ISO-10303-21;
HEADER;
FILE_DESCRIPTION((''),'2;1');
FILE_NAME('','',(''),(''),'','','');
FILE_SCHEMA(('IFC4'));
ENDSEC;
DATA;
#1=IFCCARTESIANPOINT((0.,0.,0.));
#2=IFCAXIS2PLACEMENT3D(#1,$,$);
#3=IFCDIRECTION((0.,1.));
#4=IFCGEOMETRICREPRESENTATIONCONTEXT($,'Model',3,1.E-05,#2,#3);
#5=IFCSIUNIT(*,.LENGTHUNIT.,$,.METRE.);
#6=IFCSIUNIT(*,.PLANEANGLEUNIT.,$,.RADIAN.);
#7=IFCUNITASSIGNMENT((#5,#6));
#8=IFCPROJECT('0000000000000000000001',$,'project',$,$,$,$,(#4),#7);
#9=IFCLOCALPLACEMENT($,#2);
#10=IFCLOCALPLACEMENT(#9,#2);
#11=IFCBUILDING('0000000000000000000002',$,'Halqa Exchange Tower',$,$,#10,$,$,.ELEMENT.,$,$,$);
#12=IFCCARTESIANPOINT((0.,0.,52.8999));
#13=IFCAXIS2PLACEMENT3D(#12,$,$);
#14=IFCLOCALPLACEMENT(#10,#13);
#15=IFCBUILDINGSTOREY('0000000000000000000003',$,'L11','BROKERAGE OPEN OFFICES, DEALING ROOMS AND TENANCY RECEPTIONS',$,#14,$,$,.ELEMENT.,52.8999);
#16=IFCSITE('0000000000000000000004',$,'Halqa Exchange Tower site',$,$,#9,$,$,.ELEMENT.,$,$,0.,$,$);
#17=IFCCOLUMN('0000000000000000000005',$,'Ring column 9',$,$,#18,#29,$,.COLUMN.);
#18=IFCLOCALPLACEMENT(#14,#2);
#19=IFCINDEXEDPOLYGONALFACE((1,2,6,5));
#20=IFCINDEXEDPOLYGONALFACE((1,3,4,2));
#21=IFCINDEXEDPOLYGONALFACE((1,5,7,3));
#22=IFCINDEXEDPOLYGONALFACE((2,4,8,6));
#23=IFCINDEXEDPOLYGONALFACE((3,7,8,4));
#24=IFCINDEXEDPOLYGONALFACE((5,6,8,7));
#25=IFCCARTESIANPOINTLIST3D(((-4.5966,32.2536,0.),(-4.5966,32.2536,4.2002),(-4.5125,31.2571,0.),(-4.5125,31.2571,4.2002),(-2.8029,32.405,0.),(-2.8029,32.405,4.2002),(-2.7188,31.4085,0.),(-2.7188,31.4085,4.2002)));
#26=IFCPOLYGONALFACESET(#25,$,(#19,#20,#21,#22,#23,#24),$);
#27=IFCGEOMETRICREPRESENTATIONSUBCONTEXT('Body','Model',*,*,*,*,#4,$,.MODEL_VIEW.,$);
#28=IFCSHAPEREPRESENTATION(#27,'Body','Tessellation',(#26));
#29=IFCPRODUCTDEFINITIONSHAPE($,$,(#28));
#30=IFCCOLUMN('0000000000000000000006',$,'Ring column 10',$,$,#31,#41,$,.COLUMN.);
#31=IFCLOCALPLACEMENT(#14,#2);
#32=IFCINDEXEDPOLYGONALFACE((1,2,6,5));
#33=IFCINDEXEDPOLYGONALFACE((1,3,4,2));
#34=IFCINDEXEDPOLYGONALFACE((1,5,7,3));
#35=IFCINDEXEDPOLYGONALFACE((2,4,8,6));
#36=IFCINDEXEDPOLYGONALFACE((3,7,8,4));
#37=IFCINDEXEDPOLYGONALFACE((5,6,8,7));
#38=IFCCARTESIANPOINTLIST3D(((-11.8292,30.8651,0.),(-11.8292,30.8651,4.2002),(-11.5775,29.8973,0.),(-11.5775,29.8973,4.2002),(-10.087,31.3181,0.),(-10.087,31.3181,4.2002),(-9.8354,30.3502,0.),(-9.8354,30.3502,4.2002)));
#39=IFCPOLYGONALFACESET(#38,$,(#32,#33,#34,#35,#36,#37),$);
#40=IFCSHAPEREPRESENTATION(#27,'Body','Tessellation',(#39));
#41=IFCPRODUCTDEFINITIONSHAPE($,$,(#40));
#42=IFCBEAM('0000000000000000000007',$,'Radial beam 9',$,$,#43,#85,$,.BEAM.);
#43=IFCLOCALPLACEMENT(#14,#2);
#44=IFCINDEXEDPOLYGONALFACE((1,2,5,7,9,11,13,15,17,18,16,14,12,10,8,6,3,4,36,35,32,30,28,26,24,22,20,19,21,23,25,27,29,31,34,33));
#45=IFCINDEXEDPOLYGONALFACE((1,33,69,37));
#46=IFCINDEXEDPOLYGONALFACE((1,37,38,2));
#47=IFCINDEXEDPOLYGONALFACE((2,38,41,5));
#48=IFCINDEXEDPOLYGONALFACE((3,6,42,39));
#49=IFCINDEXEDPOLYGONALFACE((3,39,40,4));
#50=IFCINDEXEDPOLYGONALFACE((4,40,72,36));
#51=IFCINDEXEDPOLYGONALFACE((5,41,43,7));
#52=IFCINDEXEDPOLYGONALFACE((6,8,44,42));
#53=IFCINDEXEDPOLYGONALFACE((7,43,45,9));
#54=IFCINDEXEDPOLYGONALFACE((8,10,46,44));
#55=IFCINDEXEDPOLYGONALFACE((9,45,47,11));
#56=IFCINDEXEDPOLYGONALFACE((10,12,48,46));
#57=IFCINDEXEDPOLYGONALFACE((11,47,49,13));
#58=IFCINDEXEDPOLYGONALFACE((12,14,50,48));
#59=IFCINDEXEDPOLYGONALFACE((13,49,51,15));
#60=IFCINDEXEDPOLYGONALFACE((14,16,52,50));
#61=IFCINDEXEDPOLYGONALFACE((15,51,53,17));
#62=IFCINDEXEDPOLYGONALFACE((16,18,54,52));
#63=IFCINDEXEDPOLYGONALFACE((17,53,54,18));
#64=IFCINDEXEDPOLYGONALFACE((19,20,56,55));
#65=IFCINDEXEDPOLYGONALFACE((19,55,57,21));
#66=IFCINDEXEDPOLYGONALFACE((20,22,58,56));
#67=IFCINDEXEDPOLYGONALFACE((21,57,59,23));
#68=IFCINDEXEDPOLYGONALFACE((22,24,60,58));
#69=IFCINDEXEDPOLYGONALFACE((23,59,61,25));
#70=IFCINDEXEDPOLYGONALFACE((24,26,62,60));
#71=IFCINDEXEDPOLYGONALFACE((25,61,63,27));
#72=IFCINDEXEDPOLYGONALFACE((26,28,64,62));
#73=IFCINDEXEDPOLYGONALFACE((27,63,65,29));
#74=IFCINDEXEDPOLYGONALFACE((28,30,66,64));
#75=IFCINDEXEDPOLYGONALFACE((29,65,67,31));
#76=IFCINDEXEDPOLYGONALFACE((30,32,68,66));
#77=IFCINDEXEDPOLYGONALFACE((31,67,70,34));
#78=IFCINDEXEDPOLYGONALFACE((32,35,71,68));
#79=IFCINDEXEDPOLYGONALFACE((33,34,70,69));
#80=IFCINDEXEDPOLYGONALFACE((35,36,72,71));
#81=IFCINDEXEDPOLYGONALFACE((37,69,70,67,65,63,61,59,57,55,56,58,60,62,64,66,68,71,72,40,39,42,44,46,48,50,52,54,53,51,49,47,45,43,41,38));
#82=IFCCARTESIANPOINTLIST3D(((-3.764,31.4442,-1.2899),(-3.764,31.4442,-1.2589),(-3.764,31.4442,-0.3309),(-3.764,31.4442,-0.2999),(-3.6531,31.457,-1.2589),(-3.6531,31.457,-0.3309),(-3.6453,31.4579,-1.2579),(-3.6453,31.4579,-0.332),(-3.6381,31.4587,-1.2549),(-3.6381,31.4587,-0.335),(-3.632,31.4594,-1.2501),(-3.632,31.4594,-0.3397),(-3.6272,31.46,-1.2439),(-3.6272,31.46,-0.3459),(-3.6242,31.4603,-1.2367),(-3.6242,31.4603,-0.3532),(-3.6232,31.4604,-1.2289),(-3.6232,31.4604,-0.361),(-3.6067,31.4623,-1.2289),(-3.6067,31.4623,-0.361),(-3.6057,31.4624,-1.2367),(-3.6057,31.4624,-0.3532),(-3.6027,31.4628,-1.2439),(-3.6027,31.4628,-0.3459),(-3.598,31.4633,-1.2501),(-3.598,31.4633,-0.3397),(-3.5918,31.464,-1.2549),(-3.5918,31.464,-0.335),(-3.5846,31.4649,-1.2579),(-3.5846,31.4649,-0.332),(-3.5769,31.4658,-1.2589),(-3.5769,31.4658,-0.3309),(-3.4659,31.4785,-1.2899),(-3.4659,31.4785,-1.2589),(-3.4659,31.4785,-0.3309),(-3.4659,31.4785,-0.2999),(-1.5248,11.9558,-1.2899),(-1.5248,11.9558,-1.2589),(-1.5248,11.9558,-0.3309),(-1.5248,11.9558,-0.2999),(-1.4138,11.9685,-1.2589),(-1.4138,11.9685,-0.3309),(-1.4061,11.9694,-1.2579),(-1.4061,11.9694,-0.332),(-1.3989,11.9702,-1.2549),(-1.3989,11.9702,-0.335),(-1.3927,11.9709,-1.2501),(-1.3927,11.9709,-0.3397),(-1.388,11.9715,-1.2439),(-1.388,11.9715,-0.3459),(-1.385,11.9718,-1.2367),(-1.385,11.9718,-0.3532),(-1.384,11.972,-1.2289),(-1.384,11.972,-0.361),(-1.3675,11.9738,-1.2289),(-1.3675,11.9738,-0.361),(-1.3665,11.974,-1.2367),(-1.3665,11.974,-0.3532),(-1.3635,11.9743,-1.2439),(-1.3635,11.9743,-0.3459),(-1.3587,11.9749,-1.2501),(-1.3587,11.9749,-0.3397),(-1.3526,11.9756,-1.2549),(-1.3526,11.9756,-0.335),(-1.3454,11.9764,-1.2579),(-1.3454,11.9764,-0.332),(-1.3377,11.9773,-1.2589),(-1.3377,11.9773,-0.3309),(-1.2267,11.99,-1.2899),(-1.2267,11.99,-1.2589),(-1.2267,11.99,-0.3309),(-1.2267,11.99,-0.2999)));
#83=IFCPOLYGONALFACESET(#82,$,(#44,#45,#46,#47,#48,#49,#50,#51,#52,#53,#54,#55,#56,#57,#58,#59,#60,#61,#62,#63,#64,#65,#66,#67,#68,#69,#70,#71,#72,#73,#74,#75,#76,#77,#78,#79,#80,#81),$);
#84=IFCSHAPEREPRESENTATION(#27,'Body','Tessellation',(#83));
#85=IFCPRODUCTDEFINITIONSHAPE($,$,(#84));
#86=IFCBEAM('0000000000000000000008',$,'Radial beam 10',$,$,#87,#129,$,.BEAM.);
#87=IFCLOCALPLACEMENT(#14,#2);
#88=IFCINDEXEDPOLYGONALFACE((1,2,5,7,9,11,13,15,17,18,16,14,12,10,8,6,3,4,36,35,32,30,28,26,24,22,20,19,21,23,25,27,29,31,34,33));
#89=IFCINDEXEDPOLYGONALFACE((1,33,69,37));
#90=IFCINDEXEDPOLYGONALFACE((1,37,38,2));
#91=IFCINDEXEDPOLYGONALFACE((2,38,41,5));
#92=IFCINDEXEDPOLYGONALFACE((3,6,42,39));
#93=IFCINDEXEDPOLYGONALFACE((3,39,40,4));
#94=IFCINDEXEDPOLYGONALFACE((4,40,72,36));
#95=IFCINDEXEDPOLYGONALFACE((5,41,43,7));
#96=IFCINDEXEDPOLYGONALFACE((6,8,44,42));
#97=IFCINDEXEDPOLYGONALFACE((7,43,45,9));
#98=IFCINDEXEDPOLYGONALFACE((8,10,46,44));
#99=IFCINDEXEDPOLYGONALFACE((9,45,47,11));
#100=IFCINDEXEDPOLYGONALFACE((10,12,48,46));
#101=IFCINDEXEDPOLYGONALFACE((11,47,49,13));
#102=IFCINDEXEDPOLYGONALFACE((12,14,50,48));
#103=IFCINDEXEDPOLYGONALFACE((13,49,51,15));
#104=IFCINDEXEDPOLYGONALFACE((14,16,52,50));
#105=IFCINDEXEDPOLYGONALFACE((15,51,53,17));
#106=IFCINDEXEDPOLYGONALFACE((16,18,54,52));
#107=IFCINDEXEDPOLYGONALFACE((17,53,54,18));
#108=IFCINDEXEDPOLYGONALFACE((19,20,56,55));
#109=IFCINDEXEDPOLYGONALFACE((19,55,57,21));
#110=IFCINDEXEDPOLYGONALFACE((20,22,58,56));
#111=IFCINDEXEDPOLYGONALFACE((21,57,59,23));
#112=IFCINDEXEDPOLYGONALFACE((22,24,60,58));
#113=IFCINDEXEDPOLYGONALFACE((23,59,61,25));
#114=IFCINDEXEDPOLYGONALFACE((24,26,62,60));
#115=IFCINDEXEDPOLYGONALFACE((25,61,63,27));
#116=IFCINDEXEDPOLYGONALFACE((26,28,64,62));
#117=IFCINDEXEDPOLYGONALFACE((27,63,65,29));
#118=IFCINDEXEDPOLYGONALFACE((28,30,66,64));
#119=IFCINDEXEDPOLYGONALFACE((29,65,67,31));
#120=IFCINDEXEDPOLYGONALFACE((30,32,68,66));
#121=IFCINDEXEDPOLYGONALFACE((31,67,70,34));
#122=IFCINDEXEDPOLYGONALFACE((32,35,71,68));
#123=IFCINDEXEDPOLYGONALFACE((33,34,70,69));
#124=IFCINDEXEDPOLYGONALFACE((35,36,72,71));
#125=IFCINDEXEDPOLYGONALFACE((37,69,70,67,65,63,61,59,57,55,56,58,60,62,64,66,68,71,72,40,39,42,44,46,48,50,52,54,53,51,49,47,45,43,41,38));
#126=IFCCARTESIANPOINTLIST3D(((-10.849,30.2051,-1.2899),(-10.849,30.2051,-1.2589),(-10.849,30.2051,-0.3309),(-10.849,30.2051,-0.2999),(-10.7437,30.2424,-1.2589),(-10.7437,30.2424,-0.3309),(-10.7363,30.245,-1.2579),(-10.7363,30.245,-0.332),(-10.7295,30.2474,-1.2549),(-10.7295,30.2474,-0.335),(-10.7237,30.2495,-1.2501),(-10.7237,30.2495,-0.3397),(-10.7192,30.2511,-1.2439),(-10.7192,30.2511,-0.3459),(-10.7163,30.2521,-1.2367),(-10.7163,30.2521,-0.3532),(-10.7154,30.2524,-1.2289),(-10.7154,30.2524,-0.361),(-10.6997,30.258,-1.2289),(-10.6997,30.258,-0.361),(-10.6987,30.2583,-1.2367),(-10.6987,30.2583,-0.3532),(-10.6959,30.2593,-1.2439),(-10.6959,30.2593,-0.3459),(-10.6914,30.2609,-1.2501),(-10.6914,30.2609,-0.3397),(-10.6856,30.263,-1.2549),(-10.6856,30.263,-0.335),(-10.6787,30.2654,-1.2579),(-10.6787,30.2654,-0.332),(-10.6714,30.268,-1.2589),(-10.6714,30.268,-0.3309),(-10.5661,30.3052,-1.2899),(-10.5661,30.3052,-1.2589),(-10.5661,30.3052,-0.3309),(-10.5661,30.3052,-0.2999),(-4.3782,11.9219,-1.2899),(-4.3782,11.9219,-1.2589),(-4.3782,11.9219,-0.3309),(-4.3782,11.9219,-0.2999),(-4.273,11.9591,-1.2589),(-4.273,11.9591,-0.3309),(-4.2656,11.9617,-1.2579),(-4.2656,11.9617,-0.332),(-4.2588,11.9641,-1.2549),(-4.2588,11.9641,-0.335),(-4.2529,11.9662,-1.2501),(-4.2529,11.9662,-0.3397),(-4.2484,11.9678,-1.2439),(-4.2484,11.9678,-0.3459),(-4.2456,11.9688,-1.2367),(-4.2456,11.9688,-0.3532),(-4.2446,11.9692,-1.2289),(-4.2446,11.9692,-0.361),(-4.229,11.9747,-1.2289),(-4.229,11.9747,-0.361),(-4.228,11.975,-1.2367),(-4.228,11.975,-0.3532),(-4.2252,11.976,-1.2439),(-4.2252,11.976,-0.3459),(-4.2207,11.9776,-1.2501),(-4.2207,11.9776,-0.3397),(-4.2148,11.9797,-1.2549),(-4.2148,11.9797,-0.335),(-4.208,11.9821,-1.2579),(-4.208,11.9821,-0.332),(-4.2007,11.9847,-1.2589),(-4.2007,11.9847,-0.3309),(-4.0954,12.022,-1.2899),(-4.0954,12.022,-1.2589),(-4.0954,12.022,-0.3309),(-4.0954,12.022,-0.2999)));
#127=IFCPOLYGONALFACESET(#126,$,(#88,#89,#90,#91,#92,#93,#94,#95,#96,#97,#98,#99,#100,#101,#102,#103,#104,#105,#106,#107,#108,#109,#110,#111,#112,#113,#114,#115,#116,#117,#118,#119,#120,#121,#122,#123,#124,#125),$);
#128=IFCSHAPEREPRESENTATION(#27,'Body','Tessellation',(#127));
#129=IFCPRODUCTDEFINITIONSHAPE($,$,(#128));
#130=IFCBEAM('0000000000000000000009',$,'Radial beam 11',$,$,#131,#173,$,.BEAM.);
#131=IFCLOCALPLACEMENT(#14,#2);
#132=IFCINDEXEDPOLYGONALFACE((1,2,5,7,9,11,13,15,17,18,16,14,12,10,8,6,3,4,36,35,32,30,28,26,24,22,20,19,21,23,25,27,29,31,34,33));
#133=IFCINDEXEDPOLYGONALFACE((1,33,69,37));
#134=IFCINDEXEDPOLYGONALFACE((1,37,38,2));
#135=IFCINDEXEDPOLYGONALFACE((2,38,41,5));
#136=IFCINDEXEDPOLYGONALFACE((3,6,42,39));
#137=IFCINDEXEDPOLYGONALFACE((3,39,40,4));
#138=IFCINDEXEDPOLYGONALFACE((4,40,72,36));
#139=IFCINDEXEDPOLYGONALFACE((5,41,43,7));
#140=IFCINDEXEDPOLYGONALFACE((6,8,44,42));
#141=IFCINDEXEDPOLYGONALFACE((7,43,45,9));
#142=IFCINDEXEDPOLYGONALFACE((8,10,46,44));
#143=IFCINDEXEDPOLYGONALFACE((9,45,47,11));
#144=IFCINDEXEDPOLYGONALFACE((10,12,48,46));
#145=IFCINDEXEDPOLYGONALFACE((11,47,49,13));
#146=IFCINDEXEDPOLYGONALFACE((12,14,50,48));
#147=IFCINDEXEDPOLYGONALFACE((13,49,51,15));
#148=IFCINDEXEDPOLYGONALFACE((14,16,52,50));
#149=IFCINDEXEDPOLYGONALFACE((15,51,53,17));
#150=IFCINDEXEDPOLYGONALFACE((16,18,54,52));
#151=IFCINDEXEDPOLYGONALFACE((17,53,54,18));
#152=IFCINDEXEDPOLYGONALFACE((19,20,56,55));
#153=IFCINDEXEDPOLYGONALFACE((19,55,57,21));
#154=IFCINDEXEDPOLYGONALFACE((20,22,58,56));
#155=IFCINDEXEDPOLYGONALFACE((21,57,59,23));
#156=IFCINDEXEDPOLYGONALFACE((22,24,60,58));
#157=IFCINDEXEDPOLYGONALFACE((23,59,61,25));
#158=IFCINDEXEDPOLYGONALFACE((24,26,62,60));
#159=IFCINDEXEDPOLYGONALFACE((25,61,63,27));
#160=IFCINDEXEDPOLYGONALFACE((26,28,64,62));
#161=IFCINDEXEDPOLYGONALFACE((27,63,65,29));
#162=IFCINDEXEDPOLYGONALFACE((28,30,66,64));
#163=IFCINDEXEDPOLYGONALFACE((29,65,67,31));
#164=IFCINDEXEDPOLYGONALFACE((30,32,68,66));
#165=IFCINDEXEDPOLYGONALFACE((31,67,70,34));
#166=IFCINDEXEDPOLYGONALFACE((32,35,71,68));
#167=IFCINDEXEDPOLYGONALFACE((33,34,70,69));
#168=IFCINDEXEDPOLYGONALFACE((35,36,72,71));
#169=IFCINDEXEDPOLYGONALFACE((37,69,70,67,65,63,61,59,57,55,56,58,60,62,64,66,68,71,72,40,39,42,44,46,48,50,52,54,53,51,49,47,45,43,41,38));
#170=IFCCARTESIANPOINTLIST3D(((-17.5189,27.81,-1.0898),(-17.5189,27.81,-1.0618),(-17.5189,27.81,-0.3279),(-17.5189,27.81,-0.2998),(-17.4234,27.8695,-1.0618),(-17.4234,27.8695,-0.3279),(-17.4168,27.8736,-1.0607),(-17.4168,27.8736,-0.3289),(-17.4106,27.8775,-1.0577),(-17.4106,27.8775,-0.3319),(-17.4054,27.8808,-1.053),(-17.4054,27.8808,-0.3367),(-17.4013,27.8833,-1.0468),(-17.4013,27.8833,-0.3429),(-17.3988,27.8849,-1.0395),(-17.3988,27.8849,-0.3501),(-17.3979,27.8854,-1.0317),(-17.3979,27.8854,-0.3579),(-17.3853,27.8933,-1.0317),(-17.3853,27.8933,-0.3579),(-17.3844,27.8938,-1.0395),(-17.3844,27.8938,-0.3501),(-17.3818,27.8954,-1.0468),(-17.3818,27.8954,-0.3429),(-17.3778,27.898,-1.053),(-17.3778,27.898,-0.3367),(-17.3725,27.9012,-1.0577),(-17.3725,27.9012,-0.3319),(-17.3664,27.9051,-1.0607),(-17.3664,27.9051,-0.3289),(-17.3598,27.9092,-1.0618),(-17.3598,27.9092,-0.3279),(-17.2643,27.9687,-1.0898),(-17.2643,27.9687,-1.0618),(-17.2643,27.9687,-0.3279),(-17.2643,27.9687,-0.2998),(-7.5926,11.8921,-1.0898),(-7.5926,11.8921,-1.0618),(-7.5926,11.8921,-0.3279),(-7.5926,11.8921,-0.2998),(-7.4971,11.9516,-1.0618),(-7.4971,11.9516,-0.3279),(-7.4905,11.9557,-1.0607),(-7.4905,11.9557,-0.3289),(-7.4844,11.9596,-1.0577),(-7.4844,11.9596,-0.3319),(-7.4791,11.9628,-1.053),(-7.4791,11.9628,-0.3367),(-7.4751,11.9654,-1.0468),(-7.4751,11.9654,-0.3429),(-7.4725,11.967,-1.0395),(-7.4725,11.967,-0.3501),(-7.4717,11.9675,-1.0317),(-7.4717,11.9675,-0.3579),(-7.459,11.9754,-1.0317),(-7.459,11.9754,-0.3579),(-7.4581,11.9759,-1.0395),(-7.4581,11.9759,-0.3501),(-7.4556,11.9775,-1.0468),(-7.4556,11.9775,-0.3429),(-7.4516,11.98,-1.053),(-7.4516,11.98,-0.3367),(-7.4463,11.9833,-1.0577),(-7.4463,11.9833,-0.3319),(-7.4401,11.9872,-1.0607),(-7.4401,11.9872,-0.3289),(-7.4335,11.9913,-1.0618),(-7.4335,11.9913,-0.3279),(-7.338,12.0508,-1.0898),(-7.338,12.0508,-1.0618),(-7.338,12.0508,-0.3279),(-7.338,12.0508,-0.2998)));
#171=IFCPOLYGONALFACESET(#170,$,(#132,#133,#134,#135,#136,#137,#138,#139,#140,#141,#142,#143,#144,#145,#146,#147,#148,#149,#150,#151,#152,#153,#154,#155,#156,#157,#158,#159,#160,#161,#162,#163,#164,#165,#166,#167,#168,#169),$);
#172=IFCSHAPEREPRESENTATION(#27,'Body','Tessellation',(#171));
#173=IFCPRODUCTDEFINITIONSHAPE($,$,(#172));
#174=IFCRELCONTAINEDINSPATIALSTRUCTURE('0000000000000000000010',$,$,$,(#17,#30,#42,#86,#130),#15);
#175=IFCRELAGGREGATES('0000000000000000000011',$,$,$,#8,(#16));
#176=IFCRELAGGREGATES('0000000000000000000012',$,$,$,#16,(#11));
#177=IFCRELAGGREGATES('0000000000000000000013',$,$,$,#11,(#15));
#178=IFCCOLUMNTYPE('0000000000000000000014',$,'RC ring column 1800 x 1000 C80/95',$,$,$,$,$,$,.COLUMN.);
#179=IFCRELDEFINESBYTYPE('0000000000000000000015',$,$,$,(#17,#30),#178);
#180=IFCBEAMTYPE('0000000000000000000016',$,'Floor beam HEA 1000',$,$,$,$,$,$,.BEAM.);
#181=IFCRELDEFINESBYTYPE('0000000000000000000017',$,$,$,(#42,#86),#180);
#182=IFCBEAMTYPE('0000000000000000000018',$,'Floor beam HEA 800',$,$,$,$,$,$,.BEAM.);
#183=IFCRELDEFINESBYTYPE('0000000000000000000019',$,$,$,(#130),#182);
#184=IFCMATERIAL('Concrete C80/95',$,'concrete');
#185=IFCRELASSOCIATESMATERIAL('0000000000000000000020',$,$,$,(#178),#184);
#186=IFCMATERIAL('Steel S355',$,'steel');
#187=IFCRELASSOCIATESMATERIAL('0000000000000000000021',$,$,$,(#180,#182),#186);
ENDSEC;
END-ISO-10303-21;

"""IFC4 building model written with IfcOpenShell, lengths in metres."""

from ifc_helpers import new_model, si_unit, direction, frame, origin, origin_2d, place, context, subcontext, project, spatial, rectangle, i_section, extrude, material, material_profile, profile_set, type_object, element, save


model = new_model("IFC4")

# Units and contexts
model_context = context("Model", 3, precision=1e-05, world=origin(), true_north=direction((0.0, 1.0)))
body_context = subcontext(model_context, "Body", "Model", "MODEL_VIEW")
ifc_project = project(units=[si_unit("LENGTHUNIT", "METRE"), si_unit("PLANEANGLEUNIT", "RADIAN")], contexts=[model_context])

# Site, building, storey
site_placement = place(None, origin())
site = spatial("IfcSite", under=ifc_project, at=site_placement, Name="Halqa Exchange Tower site", CompositionType="ELEMENT", RefElevation=0.0)
building_placement = place(site_placement, origin())
building = spatial("IfcBuilding", under=site, at=building_placement, Name="Halqa Exchange Tower", CompositionType="ELEMENT")
storey_placement = place(building_placement, frame((0.0, 0.0, 52.8999)))
storey = spatial("IfcBuildingStorey", under=building, at=storey_placement, Name="L11", Description="BROKERAGE OPEN OFFICES, DEALING ROOMS AND TENANCY RECEPTIONS", CompositionType="ELEMENT", Elevation=52.8999)

# Columns
ifc_material_1 = material(Name="Concrete C80/95", Category="concrete")
ifc_material_profile_1 = material_profile(ifc_material_1, rectangle(XDim=1.8, YDim=1.0, at=origin_2d()), Name="1800 x 1000")
ifc_profile_set_1 = profile_set([ifc_material_profile_1], Name="Concrete C80/95")
column_type = type_object("IfcColumnType", Name="RC ring column 1800 x 1000 C80/95", PredefinedType="COLUMN", material=ifc_profile_set_1)
for number, where, z_axis, x_axis, name in (
    (1, (-3.6577, 31.8311, 0.0), (0.0, 0.0, 1.0), (-0.996455, -0.084125, 0.0), "Ring column 9"),
    (2, (-10.8323, 30.6077, 0.0), (0.0, 0.0, 1.0), (-0.96782, -0.251644, 0.0), "Ring column 10"),
):
    element("IfcColumn", number, at=place(storey_placement, frame(where, z_axis=z_axis, x_axis=x_axis)), inside=storey, type_object=column_type, Name=name, PredefinedType="COLUMN", context=body_context, shape_type="SweptSolid", body=[
        extrude(rectangle(XDim=1.8, YDim=1.0, at=origin_2d()), origin(), (0.0, 0.0, 1.0), 4.2002),
    ])

# Beams
ifc_material_2 = material(Name="Steel S355", Category="steel")
ifc_material_profile_2 = material_profile(ifc_material_2, i_section(OverallWidth=0.3, OverallDepth=0.99, WebThickness=0.0166, FlangeThickness=0.031, FilletRadius=0.03, at=origin_2d()), Name="HEA 1000")
ifc_profile_set_2 = profile_set([ifc_material_profile_2], Name="Steel S355")
beam_type_1 = type_object("IfcBeamType", Name="Floor beam HEA 1000", PredefinedType="BEAM", material=ifc_profile_set_2)
beam_1_placement = place(storey_placement, frame((-1.3757, 11.9729, -0.7949), z_axis=(-0.11415, 0.993463, 0.0), x_axis=(-0.993463, -0.11415, 0.0)))
element("IfcBeam", 3, at=beam_1_placement, inside=storey, type_object=beam_type_1, Name="Radial beam 9", PredefinedType="BEAM", context=body_context, shape_type="SweptSolid", body=[
    extrude(i_section(OverallWidth=0.3, OverallDepth=0.99, WebThickness=0.0166, FlangeThickness=0.031, FilletRadius=0.03, at=origin_2d()), origin(), (0.0, 0.0, 1.0), 19.6167),
])
beam_2_placement = place(storey_placement, frame((-4.2368, 11.9719, -0.7949), z_axis=(-0.333636, 0.942702, 0.0), x_axis=(-0.942702, -0.333636, 0.0)))
element("IfcBeam", 4, at=beam_2_placement, inside=storey, type_object=beam_type_1, Name="Radial beam 10", PredefinedType="BEAM", context=body_context, shape_type="SweptSolid", body=[
    extrude(i_section(OverallWidth=0.3, OverallDepth=0.99, WebThickness=0.0166, FlangeThickness=0.031, FilletRadius=0.03, at=origin_2d()), origin(), (0.0, 0.0, 1.0), 19.3945),
])
ifc_material_profile_3 = material_profile(ifc_material_2, i_section(OverallWidth=0.3, OverallDepth=0.79, WebThickness=0.0149, FlangeThickness=0.0281, FilletRadius=0.03, at=origin_2d()), Name="HEA 800")
ifc_profile_set_3 = profile_set([ifc_material_profile_3], Name="Steel S355")
beam_type_2 = type_object("IfcBeamType", Name="Floor beam HEA 800", PredefinedType="BEAM", material=ifc_profile_set_3)
beam_3_placement = place(storey_placement, frame((-7.4653, 11.9714, -0.6948), z_axis=(-0.529138, 0.848536, 0.0), x_axis=(-0.848536, -0.529138, 0.0)))
element("IfcBeam", 5, at=beam_3_placement, inside=storey, type_object=beam_type_2, Name="Radial beam 11", PredefinedType="BEAM", context=body_context, shape_type="SweptSolid", body=[
    extrude(i_section(OverallWidth=0.3, OverallDepth=0.79, WebThickness=0.0149, FlangeThickness=0.0281, FilletRadius=0.03, at=origin_2d()), origin(), (0.0, 0.0, 1.0), 18.7593),
])

save(model, "model.ifc")
